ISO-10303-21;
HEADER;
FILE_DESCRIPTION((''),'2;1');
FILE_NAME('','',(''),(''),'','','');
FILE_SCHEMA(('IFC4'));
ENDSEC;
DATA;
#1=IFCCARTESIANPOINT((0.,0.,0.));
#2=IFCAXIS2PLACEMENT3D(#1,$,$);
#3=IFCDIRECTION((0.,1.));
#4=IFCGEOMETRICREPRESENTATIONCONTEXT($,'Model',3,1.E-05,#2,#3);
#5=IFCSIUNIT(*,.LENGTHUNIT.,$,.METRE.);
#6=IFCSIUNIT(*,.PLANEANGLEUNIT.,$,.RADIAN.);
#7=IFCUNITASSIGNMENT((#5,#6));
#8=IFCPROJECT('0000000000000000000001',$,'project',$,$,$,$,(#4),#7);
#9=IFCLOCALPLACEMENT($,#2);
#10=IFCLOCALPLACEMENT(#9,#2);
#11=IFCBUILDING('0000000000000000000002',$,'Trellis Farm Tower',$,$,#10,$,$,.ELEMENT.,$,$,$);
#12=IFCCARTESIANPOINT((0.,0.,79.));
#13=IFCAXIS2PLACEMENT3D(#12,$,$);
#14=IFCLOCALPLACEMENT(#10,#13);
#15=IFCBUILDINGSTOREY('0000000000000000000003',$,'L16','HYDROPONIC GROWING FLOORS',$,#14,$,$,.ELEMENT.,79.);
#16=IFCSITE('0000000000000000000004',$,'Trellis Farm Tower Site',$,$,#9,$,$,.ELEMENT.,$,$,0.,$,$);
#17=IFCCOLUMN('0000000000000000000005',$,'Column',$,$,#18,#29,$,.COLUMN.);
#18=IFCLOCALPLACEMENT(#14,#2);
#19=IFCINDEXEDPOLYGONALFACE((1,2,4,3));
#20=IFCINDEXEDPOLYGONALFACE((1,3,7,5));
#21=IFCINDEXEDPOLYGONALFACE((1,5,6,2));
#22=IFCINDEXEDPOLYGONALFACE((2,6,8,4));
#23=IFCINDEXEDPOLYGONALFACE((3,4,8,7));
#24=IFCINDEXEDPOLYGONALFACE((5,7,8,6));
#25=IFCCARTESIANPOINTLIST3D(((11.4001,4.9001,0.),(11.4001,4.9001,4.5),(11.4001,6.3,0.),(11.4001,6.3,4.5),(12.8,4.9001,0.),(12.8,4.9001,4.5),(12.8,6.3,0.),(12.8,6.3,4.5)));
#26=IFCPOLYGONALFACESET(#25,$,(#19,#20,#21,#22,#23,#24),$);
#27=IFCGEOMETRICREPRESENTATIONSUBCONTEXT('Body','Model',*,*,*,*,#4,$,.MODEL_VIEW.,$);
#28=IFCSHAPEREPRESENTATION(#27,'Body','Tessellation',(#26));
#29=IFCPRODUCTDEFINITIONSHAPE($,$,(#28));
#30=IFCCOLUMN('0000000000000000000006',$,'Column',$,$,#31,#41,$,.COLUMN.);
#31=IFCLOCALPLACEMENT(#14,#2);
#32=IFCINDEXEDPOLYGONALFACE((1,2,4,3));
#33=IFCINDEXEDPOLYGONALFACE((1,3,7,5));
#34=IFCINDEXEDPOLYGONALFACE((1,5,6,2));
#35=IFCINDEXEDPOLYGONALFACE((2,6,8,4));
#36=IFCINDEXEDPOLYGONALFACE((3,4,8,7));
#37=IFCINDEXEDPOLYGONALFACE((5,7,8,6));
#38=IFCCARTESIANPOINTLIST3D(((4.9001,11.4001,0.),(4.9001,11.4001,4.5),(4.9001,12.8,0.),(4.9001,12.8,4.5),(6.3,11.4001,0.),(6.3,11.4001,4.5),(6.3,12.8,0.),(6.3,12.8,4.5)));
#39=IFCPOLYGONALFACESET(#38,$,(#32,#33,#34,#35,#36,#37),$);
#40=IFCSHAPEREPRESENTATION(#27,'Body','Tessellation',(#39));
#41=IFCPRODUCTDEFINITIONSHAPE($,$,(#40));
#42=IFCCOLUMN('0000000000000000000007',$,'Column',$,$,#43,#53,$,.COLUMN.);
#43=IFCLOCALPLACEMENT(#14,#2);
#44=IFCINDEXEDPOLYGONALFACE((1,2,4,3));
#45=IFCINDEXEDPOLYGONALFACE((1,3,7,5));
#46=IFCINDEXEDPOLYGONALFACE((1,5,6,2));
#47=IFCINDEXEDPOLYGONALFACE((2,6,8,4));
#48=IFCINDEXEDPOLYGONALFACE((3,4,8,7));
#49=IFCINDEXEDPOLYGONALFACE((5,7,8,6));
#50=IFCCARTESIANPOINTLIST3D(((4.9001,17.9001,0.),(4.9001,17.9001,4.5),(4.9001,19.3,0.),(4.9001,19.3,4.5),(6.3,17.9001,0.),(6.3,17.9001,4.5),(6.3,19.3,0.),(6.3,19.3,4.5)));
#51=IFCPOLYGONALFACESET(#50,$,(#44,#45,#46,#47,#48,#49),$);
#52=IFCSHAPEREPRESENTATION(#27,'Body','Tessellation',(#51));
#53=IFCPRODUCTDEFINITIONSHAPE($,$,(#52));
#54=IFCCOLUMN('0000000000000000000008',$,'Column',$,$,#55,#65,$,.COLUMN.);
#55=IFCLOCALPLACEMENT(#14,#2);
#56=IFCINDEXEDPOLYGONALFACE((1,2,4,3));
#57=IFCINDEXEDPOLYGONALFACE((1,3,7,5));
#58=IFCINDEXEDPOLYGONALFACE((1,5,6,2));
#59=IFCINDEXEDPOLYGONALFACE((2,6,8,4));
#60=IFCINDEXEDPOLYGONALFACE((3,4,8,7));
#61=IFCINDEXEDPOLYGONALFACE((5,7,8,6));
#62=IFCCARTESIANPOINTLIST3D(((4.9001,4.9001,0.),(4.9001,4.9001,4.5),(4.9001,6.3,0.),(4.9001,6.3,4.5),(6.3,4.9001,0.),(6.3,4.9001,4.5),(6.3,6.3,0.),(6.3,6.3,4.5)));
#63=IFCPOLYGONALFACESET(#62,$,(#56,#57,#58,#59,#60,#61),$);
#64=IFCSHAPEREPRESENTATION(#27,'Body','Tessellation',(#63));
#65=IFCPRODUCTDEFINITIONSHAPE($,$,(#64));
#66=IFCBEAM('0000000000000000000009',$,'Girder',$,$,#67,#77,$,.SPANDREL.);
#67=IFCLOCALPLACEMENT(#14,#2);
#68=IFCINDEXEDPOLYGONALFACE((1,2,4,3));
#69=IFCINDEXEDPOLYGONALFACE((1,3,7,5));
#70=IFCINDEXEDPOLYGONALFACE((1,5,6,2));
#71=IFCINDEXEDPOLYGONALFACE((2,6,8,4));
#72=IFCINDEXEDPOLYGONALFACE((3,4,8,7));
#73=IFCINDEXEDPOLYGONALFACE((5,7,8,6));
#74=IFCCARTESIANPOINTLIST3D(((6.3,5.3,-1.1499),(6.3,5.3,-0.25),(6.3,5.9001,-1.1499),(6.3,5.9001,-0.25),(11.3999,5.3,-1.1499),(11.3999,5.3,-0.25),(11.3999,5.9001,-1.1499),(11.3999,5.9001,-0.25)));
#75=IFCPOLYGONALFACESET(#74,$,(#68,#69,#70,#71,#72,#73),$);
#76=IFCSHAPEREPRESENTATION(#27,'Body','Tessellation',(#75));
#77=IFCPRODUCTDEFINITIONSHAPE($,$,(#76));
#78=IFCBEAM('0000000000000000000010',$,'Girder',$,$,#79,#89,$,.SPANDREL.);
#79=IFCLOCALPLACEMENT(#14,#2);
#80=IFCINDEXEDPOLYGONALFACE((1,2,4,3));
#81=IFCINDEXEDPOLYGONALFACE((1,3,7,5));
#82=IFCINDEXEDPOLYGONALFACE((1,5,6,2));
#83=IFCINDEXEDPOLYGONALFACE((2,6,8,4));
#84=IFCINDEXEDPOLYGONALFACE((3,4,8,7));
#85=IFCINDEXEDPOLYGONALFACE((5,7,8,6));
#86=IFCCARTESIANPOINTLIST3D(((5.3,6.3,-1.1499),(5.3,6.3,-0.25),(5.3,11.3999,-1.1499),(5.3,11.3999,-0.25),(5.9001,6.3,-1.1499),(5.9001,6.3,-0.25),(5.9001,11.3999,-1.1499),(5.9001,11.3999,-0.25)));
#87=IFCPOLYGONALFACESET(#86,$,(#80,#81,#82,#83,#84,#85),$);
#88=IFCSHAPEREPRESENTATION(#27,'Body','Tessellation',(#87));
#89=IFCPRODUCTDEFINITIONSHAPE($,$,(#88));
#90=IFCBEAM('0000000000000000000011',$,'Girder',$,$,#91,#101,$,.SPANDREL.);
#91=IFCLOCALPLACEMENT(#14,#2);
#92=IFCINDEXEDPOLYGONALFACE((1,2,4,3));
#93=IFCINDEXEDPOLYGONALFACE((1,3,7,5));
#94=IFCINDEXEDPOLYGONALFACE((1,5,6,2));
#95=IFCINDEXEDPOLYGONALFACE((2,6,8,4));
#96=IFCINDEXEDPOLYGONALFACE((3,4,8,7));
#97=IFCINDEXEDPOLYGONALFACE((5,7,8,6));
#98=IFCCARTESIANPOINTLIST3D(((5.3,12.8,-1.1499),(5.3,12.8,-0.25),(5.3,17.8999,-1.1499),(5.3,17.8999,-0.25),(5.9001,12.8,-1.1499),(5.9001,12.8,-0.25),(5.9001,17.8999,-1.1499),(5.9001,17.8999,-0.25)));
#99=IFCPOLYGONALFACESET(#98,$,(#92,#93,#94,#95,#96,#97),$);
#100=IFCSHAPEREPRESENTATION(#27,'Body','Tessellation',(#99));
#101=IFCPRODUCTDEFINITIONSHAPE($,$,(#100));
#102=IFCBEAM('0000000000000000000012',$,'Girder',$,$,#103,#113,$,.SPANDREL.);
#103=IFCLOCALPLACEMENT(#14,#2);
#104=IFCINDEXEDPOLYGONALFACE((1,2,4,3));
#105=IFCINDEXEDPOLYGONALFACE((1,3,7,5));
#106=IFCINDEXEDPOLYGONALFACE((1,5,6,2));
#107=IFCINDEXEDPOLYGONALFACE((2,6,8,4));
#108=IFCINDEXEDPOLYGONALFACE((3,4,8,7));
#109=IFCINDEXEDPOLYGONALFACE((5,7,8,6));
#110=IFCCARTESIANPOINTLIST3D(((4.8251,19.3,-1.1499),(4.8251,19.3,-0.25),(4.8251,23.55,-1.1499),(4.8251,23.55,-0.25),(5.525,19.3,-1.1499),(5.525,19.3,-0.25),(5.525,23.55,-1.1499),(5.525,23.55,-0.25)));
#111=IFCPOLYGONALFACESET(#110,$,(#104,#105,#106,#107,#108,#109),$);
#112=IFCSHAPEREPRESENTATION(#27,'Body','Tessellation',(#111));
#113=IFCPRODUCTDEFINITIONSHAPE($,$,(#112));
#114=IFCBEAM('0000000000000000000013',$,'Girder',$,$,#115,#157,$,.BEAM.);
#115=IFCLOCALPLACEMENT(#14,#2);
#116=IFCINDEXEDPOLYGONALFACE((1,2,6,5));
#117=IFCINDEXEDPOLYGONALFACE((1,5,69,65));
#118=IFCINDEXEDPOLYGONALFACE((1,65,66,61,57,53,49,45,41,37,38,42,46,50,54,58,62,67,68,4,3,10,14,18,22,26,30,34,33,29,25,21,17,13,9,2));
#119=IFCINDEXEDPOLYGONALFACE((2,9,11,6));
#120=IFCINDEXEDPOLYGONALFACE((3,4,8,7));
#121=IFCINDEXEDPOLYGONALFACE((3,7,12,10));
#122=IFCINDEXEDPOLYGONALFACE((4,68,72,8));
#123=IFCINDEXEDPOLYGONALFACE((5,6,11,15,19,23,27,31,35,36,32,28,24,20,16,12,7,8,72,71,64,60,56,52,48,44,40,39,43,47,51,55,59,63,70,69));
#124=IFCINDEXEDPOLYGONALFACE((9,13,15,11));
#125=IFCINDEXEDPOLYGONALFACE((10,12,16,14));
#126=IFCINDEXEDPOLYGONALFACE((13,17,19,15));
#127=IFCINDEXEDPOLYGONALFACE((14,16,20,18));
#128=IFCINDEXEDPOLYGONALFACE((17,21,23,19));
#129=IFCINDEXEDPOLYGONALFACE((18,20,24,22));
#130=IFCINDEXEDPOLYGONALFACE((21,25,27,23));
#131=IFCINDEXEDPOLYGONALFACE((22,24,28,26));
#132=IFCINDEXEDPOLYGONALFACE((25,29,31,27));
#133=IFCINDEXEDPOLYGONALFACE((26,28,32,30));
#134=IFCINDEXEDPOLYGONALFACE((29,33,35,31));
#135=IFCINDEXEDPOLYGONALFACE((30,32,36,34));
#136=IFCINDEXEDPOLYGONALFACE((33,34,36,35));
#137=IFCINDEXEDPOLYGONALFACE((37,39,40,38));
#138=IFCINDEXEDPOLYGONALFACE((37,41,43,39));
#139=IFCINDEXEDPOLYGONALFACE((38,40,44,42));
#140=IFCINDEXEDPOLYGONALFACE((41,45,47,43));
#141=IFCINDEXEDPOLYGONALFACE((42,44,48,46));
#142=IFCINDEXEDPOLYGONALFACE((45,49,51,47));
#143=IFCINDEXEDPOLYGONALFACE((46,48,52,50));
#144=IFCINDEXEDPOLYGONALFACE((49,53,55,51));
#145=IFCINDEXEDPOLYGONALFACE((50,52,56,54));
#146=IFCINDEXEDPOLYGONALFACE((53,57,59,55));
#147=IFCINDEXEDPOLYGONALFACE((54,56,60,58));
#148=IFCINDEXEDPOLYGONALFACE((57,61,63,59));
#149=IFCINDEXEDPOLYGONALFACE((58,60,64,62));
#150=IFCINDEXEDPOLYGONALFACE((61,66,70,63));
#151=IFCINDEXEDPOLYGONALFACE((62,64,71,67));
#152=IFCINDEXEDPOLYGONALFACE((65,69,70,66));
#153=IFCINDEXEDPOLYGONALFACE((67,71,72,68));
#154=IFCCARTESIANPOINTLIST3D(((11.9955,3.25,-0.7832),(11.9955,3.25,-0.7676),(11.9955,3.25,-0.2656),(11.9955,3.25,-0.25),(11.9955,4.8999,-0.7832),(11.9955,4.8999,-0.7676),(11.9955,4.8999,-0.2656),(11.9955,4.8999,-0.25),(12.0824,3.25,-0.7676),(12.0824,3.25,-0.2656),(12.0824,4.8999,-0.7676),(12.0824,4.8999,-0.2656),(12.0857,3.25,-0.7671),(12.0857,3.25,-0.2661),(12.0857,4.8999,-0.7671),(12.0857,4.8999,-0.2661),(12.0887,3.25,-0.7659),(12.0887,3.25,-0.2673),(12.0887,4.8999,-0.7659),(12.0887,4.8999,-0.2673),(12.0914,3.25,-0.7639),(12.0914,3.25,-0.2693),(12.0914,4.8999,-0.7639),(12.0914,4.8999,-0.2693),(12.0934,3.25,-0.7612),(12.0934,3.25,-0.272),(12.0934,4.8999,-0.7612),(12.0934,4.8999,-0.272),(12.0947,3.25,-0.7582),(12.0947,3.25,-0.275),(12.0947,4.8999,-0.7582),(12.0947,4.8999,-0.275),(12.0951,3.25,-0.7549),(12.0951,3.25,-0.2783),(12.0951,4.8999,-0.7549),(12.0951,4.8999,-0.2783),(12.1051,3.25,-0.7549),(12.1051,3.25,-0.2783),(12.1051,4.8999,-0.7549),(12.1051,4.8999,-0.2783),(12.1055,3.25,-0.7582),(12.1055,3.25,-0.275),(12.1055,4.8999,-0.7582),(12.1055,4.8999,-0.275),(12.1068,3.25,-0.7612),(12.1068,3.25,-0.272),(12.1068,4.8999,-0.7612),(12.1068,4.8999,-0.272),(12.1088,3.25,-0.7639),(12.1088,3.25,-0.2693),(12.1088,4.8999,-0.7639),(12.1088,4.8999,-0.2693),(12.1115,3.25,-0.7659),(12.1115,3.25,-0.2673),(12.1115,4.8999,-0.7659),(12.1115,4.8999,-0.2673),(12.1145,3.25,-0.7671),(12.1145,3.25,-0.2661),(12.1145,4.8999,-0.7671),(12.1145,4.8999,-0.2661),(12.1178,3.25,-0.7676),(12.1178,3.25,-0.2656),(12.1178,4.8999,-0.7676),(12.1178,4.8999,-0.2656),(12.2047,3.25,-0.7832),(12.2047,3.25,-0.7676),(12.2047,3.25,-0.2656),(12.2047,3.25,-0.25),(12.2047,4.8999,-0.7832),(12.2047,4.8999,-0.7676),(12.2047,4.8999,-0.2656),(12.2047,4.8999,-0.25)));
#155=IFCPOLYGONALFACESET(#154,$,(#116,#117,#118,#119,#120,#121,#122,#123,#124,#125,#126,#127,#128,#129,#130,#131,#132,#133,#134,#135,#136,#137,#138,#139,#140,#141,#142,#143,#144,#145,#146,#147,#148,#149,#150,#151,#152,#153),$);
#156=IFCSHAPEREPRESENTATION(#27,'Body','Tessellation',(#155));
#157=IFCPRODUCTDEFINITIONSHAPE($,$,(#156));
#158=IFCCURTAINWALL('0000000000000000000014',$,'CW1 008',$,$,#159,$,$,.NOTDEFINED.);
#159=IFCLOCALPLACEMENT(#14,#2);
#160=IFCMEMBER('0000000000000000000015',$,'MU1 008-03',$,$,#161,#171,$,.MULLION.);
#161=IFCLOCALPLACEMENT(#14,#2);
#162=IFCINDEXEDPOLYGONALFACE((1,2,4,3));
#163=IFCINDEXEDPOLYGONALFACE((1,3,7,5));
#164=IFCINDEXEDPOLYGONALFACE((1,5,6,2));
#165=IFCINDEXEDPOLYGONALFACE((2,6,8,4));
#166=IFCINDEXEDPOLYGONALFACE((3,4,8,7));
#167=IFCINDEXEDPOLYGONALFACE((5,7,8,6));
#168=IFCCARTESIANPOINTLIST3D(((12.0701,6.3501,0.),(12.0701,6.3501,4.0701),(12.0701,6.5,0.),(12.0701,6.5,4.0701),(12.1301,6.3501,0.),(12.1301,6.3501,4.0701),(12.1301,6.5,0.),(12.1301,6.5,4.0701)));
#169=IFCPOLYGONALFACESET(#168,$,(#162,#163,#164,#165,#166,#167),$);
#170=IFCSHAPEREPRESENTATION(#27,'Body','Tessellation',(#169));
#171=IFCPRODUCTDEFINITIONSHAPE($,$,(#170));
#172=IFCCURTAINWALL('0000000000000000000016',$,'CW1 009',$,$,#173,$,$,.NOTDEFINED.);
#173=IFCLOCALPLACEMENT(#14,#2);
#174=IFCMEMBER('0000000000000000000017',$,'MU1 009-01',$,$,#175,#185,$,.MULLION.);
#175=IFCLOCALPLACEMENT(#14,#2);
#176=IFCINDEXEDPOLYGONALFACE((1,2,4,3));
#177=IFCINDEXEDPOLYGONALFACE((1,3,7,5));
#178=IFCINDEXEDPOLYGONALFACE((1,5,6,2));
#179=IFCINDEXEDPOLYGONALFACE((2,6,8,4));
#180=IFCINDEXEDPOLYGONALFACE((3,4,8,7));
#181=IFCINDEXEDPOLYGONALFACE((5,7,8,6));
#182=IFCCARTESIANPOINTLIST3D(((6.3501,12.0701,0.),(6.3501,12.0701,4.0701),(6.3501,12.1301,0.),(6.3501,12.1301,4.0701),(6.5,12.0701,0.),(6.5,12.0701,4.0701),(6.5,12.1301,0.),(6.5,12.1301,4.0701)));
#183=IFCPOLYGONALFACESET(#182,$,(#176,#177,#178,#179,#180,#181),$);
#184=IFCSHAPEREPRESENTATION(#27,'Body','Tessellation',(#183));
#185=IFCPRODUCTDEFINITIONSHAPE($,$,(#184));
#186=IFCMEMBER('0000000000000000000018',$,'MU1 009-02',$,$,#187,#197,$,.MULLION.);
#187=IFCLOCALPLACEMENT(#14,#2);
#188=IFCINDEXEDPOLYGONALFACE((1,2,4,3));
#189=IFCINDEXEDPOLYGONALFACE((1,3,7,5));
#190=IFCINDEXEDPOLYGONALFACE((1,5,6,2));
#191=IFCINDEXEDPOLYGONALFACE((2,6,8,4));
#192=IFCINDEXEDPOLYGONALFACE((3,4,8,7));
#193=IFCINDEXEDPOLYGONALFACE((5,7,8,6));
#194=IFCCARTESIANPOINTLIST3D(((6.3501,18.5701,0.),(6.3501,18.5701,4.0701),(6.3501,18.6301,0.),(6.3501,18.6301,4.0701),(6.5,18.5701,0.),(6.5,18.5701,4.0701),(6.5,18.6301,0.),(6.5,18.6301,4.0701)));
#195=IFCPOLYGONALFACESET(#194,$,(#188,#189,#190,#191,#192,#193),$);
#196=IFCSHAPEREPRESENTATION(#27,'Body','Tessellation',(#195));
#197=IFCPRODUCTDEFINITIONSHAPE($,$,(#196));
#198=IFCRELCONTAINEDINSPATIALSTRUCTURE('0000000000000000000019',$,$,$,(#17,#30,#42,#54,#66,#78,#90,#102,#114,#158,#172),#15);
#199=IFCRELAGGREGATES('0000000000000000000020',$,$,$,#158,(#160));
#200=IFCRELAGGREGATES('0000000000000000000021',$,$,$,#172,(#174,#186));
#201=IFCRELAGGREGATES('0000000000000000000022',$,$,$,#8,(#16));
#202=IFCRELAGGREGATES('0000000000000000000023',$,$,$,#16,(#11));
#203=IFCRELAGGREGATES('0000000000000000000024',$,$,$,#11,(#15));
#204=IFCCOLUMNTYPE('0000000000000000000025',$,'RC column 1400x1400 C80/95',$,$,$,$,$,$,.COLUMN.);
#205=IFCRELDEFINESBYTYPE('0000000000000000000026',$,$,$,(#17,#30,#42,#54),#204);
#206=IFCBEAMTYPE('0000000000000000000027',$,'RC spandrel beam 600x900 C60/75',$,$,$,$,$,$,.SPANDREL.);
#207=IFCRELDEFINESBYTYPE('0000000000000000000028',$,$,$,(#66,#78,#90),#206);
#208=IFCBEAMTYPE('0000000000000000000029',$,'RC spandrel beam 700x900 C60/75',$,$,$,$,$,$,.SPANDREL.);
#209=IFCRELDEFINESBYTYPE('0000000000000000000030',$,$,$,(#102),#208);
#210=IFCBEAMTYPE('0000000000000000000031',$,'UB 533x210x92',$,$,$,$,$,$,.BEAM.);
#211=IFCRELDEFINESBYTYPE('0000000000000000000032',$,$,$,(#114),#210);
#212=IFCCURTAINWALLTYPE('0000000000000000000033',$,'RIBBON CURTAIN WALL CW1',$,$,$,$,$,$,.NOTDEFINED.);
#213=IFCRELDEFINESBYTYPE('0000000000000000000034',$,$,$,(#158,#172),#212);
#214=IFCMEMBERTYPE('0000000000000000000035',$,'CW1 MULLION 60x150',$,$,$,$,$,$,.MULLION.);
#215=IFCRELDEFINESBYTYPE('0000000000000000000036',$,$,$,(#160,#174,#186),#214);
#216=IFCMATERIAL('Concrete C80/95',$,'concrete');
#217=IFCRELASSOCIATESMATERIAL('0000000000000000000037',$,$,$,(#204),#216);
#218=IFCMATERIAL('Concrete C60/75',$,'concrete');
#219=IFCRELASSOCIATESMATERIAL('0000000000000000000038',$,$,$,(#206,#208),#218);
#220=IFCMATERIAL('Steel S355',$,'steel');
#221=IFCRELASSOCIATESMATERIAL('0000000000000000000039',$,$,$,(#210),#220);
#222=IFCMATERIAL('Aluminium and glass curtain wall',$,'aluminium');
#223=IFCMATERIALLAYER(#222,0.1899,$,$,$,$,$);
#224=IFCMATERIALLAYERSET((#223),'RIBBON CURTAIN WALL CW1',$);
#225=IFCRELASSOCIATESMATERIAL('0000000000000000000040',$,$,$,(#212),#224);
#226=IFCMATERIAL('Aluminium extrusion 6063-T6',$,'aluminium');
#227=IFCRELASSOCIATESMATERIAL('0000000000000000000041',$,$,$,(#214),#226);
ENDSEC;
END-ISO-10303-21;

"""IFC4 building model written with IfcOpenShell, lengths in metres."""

from ifc_helpers import new_model, si_unit, direction, frame, origin, origin_2d, place, context, subcontext, project, spatial, rectangle, i_section, extrude, source, transform, mapped, material, layer, layer_set, material_profile, profile_set, type_object, element, aggregate, save


model = new_model("IFC4")

# Units and contexts
model_context = context("Model", 3, precision=1e-05, world=origin(), true_north=direction((0.0, 1.0)))
body_context = subcontext(model_context, "Body", "Model", "MODEL_VIEW")
ifc_project = project(units=[si_unit("LENGTHUNIT", "METRE"), si_unit("PLANEANGLEUNIT", "RADIAN")], contexts=[model_context])

# Site, building, storey
site_placement = place(None, origin())
site = spatial("IfcSite", under=ifc_project, at=site_placement, Name="Trellis Farm Tower Site", CompositionType="ELEMENT", RefElevation=0.0)
building_placement = place(site_placement, origin())
building = spatial("IfcBuilding", under=site, at=building_placement, Name="Trellis Farm Tower", CompositionType="ELEMENT")
storey_placement = place(building_placement, frame((0.0, 0.0, 79.0)))
storey = spatial("IfcBuildingStorey", under=building, at=storey_placement, Name="L16", Description="HYDROPONIC GROWING FLOORS", CompositionType="ELEMENT", Elevation=79.0)

# Columns
ifc_material_1 = material(Name="Concrete C80/95", Category="concrete")
ifc_material_profile_1 = material_profile(ifc_material_1, rectangle(XDim=1.3999, YDim=1.3999, at=origin_2d()), Name="RC column 1400x1400 C80/95")
ifc_profile_set_1 = profile_set([ifc_material_profile_1], Name="Concrete C80/95")
column_type = type_object("IfcColumnType", Name="RC column 1400x1400 C80/95", PredefinedType="COLUMN", material=ifc_profile_set_1)
shared_shape_1 = source(origin(), body_context, "Body", "SweptSolid", [
    extrude(rectangle(XDim=1.3999, YDim=1.3999, at=origin_2d()), origin(), (0.0, 0.0, 1.0), 4.5),
])
for number, where, z_axis, x_axis, name in (
    (1, (12.1001, 5.6001, 0.0), (0.0, 0.0, 1.0), (1.0, 0.0, 0.0), "Column"),
    (2, (5.6001, 12.1001, 0.0), (0.0, 0.0, 1.0), (1.0, 0.0, 0.0), "Column"),
    (3, (5.6001, 18.6001, 0.0), (0.0, 0.0, 1.0), (1.0, 0.0, 0.0), "Column"),
    (4, (5.6001, 5.6001, 0.0), (0.0, 0.0, 1.0), (1.0, 0.0, 0.0), "Column"),
):
    element("IfcColumn", number, at=place(storey_placement, frame(where, z_axis=z_axis, x_axis=x_axis)), inside=storey, type_object=column_type, Name=name, PredefinedType="COLUMN", context=body_context, shape_type="MappedRepresentation", body=[
        mapped(shared_shape_1, transform((0.0, 0.0, 0.0))),
    ])

# Beams
ifc_material_2 = material(Name="Concrete C60/75", Category="concrete")
ifc_material_profile_2 = material_profile(ifc_material_2, rectangle(XDim=0.6001, YDim=0.8999, at=origin_2d()), Name="RC spandrel beam 600x900 C60/75")
ifc_profile_set_2 = profile_set([ifc_material_profile_2], Name="Concrete C60/75")
beam_type_1 = type_object("IfcBeamType", Name="RC spandrel beam 600x900 C60/75", PredefinedType="SPANDREL", material=ifc_profile_set_2)
shared_shape_2 = source(origin(), body_context, "Body", "SweptSolid", [
    extrude(rectangle(XDim=0.6001, YDim=0.8999, at=origin_2d()), origin(), (0.0, 0.0, 1.0), 5.0999),
])
for number, where, z_axis, x_axis, name in (
    (5, (6.3, 5.6001, -0.7), (1.0, 0.0, 0.0), (0.0, 1.0, 0.0), "Girder"),
    (6, (5.6001, 6.3, -0.7), (0.0, 1.0, 0.0), (-1.0, 0.0, 0.0), "Girder"),
    (7, (5.6001, 12.8, -0.7), (0.0, 1.0, 0.0), (-1.0, 0.0, 0.0), "Girder"),
):
    element("IfcBeam", number, at=place(storey_placement, frame(where, z_axis=z_axis, x_axis=x_axis)), inside=storey, type_object=beam_type_1, Name=name, PredefinedType="SPANDREL", context=body_context, shape_type="MappedRepresentation", body=[
        mapped(shared_shape_2, transform((0.0, 0.0, 0.0))),
    ])
ifc_material_profile_3 = material_profile(ifc_material_2, rectangle(XDim=0.7, YDim=0.8999, at=origin_2d()), Name="RC spandrel beam 700x900 C60/75")
ifc_profile_set_3 = profile_set([ifc_material_profile_3], Name="Concrete C60/75")
beam_type_2 = type_object("IfcBeamType", Name="RC spandrel beam 700x900 C60/75", PredefinedType="SPANDREL", material=ifc_profile_set_3)
shared_shape_3 = source(origin(), body_context, "Body", "SweptSolid", [
    extrude(rectangle(XDim=0.7, YDim=0.8999, at=origin_2d()), origin(), (0.0, 0.0, 1.0), 4.25),
])
beam_1_placement = place(storey_placement, frame((5.175, 19.3, -0.7), z_axis=(0.0, 1.0, 0.0), x_axis=(-1.0, 0.0, 0.0)))
element("IfcBeam", 8, at=beam_1_placement, inside=storey, type_object=beam_type_2, Name="Girder", PredefinedType="SPANDREL", context=body_context, shape_type="MappedRepresentation", body=[
    mapped(shared_shape_3, transform((0.0, 0.0, 0.0))),
])
ifc_material_3 = material(Name="Steel S355", Category="steel")
ifc_material_profile_4 = material_profile(ifc_material_3, i_section(OverallWidth=0.2092, OverallDepth=0.5332, WebThickness=0.01, FlangeThickness=0.0156, FilletRadius=0.0127, at=origin_2d()), Name="UB 533x210x92")
ifc_profile_set_4 = profile_set([ifc_material_profile_4], Name="Steel S355")
beam_type_3 = type_object("IfcBeamType", Name="UB 533x210x92", PredefinedType="BEAM", material=ifc_profile_set_4)
shared_shape_4 = source(origin(), body_context, "Body", "SweptSolid", [
    extrude(i_section(OverallWidth=0.2092, OverallDepth=0.5332, WebThickness=0.01, FlangeThickness=0.0156, FilletRadius=0.0127, at=origin_2d()), origin(), (0.0, 0.0, 1.0), 1.6499),
])
beam_2_placement = place(storey_placement, frame((12.1001, 3.25, -0.5166), z_axis=(0.0, 1.0, 0.0), x_axis=(-1.0, 0.0, 0.0)))
element("IfcBeam", 9, at=beam_2_placement, inside=storey, type_object=beam_type_3, Name="Girder", PredefinedType="BEAM", context=body_context, shape_type="MappedRepresentation", body=[
    mapped(shared_shape_4, transform((0.0, 0.0, 0.0))),
])

# Curtain wall, member
ifc_material_4 = material(Name="Aluminium and glass curtain wall", Category="aluminium")
ifc_layer_1 = layer(ifc_material_4, 0.1899)
ifc_layer_set_1 = layer_set([ifc_layer_1], Name="RIBBON CURTAIN WALL CW1")
curtain_wall_type_1 = type_object("IfcCurtainWallType", Name="RIBBON CURTAIN WALL CW1", PredefinedType="NOTDEFINED", material=ifc_layer_set_1)
placement = place(storey_placement, origin())
curtain_wall_1 = element("IfcCurtainWall", 10, at=placement, inside=storey, type_object=curtain_wall_type_1, Name="CW1 008", PredefinedType="NOTDEFINED")
ifc_material_5 = material(Name="Aluminium extrusion 6063-T6", Category="aluminium")
ifc_material_profile_5 = material_profile(ifc_material_5, rectangle(XDim=0.0601, YDim=0.1499, at=origin_2d()), Name="MULLION 60x150")
ifc_profile_set_5 = profile_set([ifc_material_profile_5], Name="Aluminium extrusion 6063-T6")
member_type_1 = type_object("IfcMemberType", Name="CW1 MULLION 60x150", PredefinedType="MULLION", material=ifc_profile_set_5)
shared_shape_5 = source(origin(), body_context, "Body", "SweptSolid", [
    extrude(rectangle(XDim=0.0601, YDim=0.1499, at=origin_2d()), origin(), (0.0, 0.0, 1.0), 4.0701),
])
member_1_placement = place(storey_placement, frame((12.1001, 6.425, 0.0), z_axis=(0.0, 0.0, 1.0), x_axis=(-1.0, 0.0, 0.0)))
member_1 = element("IfcMember", 11, at=member_1_placement, type_object=member_type_1, Name="MU1 008-03", PredefinedType="MULLION", context=body_context, shape_type="MappedRepresentation", body=[
    mapped(shared_shape_5, transform((0.0, 0.0, 0.0))),
])
aggregate(curtain_wall_1, [member_1])

# Curtain wall, members
curtain_wall_2 = element("IfcCurtainWall", 12, at=placement, inside=storey, type_object=curtain_wall_type_1, Name="CW1 009", PredefinedType="NOTDEFINED")
member_2_placement = place(storey_placement, frame((6.425, 12.1001, 0.0), z_axis=(0.0, 0.0, 1.0), x_axis=(0.0, 1.0, 0.0)))
member_2 = element("IfcMember", 13, at=member_2_placement, type_object=member_type_1, Name="MU1 009-01", PredefinedType="MULLION", context=body_context, shape_type="MappedRepresentation", body=[
    mapped(shared_shape_5, transform((0.0, 0.0, 0.0))),
])
member_3_placement = place(storey_placement, frame((6.425, 18.6001, 0.0), z_axis=(0.0, 0.0, 1.0), x_axis=(0.0, 1.0, 0.0)))
member_3 = element("IfcMember", 14, at=member_3_placement, type_object=member_type_1, Name="MU1 009-02", PredefinedType="MULLION", context=body_context, shape_type="MappedRepresentation", body=[
    mapped(shared_shape_5, transform((0.0, 0.0, 0.0))),
])
aggregate(curtain_wall_2, [member_2, member_3])

save(model, "model.ifc")
